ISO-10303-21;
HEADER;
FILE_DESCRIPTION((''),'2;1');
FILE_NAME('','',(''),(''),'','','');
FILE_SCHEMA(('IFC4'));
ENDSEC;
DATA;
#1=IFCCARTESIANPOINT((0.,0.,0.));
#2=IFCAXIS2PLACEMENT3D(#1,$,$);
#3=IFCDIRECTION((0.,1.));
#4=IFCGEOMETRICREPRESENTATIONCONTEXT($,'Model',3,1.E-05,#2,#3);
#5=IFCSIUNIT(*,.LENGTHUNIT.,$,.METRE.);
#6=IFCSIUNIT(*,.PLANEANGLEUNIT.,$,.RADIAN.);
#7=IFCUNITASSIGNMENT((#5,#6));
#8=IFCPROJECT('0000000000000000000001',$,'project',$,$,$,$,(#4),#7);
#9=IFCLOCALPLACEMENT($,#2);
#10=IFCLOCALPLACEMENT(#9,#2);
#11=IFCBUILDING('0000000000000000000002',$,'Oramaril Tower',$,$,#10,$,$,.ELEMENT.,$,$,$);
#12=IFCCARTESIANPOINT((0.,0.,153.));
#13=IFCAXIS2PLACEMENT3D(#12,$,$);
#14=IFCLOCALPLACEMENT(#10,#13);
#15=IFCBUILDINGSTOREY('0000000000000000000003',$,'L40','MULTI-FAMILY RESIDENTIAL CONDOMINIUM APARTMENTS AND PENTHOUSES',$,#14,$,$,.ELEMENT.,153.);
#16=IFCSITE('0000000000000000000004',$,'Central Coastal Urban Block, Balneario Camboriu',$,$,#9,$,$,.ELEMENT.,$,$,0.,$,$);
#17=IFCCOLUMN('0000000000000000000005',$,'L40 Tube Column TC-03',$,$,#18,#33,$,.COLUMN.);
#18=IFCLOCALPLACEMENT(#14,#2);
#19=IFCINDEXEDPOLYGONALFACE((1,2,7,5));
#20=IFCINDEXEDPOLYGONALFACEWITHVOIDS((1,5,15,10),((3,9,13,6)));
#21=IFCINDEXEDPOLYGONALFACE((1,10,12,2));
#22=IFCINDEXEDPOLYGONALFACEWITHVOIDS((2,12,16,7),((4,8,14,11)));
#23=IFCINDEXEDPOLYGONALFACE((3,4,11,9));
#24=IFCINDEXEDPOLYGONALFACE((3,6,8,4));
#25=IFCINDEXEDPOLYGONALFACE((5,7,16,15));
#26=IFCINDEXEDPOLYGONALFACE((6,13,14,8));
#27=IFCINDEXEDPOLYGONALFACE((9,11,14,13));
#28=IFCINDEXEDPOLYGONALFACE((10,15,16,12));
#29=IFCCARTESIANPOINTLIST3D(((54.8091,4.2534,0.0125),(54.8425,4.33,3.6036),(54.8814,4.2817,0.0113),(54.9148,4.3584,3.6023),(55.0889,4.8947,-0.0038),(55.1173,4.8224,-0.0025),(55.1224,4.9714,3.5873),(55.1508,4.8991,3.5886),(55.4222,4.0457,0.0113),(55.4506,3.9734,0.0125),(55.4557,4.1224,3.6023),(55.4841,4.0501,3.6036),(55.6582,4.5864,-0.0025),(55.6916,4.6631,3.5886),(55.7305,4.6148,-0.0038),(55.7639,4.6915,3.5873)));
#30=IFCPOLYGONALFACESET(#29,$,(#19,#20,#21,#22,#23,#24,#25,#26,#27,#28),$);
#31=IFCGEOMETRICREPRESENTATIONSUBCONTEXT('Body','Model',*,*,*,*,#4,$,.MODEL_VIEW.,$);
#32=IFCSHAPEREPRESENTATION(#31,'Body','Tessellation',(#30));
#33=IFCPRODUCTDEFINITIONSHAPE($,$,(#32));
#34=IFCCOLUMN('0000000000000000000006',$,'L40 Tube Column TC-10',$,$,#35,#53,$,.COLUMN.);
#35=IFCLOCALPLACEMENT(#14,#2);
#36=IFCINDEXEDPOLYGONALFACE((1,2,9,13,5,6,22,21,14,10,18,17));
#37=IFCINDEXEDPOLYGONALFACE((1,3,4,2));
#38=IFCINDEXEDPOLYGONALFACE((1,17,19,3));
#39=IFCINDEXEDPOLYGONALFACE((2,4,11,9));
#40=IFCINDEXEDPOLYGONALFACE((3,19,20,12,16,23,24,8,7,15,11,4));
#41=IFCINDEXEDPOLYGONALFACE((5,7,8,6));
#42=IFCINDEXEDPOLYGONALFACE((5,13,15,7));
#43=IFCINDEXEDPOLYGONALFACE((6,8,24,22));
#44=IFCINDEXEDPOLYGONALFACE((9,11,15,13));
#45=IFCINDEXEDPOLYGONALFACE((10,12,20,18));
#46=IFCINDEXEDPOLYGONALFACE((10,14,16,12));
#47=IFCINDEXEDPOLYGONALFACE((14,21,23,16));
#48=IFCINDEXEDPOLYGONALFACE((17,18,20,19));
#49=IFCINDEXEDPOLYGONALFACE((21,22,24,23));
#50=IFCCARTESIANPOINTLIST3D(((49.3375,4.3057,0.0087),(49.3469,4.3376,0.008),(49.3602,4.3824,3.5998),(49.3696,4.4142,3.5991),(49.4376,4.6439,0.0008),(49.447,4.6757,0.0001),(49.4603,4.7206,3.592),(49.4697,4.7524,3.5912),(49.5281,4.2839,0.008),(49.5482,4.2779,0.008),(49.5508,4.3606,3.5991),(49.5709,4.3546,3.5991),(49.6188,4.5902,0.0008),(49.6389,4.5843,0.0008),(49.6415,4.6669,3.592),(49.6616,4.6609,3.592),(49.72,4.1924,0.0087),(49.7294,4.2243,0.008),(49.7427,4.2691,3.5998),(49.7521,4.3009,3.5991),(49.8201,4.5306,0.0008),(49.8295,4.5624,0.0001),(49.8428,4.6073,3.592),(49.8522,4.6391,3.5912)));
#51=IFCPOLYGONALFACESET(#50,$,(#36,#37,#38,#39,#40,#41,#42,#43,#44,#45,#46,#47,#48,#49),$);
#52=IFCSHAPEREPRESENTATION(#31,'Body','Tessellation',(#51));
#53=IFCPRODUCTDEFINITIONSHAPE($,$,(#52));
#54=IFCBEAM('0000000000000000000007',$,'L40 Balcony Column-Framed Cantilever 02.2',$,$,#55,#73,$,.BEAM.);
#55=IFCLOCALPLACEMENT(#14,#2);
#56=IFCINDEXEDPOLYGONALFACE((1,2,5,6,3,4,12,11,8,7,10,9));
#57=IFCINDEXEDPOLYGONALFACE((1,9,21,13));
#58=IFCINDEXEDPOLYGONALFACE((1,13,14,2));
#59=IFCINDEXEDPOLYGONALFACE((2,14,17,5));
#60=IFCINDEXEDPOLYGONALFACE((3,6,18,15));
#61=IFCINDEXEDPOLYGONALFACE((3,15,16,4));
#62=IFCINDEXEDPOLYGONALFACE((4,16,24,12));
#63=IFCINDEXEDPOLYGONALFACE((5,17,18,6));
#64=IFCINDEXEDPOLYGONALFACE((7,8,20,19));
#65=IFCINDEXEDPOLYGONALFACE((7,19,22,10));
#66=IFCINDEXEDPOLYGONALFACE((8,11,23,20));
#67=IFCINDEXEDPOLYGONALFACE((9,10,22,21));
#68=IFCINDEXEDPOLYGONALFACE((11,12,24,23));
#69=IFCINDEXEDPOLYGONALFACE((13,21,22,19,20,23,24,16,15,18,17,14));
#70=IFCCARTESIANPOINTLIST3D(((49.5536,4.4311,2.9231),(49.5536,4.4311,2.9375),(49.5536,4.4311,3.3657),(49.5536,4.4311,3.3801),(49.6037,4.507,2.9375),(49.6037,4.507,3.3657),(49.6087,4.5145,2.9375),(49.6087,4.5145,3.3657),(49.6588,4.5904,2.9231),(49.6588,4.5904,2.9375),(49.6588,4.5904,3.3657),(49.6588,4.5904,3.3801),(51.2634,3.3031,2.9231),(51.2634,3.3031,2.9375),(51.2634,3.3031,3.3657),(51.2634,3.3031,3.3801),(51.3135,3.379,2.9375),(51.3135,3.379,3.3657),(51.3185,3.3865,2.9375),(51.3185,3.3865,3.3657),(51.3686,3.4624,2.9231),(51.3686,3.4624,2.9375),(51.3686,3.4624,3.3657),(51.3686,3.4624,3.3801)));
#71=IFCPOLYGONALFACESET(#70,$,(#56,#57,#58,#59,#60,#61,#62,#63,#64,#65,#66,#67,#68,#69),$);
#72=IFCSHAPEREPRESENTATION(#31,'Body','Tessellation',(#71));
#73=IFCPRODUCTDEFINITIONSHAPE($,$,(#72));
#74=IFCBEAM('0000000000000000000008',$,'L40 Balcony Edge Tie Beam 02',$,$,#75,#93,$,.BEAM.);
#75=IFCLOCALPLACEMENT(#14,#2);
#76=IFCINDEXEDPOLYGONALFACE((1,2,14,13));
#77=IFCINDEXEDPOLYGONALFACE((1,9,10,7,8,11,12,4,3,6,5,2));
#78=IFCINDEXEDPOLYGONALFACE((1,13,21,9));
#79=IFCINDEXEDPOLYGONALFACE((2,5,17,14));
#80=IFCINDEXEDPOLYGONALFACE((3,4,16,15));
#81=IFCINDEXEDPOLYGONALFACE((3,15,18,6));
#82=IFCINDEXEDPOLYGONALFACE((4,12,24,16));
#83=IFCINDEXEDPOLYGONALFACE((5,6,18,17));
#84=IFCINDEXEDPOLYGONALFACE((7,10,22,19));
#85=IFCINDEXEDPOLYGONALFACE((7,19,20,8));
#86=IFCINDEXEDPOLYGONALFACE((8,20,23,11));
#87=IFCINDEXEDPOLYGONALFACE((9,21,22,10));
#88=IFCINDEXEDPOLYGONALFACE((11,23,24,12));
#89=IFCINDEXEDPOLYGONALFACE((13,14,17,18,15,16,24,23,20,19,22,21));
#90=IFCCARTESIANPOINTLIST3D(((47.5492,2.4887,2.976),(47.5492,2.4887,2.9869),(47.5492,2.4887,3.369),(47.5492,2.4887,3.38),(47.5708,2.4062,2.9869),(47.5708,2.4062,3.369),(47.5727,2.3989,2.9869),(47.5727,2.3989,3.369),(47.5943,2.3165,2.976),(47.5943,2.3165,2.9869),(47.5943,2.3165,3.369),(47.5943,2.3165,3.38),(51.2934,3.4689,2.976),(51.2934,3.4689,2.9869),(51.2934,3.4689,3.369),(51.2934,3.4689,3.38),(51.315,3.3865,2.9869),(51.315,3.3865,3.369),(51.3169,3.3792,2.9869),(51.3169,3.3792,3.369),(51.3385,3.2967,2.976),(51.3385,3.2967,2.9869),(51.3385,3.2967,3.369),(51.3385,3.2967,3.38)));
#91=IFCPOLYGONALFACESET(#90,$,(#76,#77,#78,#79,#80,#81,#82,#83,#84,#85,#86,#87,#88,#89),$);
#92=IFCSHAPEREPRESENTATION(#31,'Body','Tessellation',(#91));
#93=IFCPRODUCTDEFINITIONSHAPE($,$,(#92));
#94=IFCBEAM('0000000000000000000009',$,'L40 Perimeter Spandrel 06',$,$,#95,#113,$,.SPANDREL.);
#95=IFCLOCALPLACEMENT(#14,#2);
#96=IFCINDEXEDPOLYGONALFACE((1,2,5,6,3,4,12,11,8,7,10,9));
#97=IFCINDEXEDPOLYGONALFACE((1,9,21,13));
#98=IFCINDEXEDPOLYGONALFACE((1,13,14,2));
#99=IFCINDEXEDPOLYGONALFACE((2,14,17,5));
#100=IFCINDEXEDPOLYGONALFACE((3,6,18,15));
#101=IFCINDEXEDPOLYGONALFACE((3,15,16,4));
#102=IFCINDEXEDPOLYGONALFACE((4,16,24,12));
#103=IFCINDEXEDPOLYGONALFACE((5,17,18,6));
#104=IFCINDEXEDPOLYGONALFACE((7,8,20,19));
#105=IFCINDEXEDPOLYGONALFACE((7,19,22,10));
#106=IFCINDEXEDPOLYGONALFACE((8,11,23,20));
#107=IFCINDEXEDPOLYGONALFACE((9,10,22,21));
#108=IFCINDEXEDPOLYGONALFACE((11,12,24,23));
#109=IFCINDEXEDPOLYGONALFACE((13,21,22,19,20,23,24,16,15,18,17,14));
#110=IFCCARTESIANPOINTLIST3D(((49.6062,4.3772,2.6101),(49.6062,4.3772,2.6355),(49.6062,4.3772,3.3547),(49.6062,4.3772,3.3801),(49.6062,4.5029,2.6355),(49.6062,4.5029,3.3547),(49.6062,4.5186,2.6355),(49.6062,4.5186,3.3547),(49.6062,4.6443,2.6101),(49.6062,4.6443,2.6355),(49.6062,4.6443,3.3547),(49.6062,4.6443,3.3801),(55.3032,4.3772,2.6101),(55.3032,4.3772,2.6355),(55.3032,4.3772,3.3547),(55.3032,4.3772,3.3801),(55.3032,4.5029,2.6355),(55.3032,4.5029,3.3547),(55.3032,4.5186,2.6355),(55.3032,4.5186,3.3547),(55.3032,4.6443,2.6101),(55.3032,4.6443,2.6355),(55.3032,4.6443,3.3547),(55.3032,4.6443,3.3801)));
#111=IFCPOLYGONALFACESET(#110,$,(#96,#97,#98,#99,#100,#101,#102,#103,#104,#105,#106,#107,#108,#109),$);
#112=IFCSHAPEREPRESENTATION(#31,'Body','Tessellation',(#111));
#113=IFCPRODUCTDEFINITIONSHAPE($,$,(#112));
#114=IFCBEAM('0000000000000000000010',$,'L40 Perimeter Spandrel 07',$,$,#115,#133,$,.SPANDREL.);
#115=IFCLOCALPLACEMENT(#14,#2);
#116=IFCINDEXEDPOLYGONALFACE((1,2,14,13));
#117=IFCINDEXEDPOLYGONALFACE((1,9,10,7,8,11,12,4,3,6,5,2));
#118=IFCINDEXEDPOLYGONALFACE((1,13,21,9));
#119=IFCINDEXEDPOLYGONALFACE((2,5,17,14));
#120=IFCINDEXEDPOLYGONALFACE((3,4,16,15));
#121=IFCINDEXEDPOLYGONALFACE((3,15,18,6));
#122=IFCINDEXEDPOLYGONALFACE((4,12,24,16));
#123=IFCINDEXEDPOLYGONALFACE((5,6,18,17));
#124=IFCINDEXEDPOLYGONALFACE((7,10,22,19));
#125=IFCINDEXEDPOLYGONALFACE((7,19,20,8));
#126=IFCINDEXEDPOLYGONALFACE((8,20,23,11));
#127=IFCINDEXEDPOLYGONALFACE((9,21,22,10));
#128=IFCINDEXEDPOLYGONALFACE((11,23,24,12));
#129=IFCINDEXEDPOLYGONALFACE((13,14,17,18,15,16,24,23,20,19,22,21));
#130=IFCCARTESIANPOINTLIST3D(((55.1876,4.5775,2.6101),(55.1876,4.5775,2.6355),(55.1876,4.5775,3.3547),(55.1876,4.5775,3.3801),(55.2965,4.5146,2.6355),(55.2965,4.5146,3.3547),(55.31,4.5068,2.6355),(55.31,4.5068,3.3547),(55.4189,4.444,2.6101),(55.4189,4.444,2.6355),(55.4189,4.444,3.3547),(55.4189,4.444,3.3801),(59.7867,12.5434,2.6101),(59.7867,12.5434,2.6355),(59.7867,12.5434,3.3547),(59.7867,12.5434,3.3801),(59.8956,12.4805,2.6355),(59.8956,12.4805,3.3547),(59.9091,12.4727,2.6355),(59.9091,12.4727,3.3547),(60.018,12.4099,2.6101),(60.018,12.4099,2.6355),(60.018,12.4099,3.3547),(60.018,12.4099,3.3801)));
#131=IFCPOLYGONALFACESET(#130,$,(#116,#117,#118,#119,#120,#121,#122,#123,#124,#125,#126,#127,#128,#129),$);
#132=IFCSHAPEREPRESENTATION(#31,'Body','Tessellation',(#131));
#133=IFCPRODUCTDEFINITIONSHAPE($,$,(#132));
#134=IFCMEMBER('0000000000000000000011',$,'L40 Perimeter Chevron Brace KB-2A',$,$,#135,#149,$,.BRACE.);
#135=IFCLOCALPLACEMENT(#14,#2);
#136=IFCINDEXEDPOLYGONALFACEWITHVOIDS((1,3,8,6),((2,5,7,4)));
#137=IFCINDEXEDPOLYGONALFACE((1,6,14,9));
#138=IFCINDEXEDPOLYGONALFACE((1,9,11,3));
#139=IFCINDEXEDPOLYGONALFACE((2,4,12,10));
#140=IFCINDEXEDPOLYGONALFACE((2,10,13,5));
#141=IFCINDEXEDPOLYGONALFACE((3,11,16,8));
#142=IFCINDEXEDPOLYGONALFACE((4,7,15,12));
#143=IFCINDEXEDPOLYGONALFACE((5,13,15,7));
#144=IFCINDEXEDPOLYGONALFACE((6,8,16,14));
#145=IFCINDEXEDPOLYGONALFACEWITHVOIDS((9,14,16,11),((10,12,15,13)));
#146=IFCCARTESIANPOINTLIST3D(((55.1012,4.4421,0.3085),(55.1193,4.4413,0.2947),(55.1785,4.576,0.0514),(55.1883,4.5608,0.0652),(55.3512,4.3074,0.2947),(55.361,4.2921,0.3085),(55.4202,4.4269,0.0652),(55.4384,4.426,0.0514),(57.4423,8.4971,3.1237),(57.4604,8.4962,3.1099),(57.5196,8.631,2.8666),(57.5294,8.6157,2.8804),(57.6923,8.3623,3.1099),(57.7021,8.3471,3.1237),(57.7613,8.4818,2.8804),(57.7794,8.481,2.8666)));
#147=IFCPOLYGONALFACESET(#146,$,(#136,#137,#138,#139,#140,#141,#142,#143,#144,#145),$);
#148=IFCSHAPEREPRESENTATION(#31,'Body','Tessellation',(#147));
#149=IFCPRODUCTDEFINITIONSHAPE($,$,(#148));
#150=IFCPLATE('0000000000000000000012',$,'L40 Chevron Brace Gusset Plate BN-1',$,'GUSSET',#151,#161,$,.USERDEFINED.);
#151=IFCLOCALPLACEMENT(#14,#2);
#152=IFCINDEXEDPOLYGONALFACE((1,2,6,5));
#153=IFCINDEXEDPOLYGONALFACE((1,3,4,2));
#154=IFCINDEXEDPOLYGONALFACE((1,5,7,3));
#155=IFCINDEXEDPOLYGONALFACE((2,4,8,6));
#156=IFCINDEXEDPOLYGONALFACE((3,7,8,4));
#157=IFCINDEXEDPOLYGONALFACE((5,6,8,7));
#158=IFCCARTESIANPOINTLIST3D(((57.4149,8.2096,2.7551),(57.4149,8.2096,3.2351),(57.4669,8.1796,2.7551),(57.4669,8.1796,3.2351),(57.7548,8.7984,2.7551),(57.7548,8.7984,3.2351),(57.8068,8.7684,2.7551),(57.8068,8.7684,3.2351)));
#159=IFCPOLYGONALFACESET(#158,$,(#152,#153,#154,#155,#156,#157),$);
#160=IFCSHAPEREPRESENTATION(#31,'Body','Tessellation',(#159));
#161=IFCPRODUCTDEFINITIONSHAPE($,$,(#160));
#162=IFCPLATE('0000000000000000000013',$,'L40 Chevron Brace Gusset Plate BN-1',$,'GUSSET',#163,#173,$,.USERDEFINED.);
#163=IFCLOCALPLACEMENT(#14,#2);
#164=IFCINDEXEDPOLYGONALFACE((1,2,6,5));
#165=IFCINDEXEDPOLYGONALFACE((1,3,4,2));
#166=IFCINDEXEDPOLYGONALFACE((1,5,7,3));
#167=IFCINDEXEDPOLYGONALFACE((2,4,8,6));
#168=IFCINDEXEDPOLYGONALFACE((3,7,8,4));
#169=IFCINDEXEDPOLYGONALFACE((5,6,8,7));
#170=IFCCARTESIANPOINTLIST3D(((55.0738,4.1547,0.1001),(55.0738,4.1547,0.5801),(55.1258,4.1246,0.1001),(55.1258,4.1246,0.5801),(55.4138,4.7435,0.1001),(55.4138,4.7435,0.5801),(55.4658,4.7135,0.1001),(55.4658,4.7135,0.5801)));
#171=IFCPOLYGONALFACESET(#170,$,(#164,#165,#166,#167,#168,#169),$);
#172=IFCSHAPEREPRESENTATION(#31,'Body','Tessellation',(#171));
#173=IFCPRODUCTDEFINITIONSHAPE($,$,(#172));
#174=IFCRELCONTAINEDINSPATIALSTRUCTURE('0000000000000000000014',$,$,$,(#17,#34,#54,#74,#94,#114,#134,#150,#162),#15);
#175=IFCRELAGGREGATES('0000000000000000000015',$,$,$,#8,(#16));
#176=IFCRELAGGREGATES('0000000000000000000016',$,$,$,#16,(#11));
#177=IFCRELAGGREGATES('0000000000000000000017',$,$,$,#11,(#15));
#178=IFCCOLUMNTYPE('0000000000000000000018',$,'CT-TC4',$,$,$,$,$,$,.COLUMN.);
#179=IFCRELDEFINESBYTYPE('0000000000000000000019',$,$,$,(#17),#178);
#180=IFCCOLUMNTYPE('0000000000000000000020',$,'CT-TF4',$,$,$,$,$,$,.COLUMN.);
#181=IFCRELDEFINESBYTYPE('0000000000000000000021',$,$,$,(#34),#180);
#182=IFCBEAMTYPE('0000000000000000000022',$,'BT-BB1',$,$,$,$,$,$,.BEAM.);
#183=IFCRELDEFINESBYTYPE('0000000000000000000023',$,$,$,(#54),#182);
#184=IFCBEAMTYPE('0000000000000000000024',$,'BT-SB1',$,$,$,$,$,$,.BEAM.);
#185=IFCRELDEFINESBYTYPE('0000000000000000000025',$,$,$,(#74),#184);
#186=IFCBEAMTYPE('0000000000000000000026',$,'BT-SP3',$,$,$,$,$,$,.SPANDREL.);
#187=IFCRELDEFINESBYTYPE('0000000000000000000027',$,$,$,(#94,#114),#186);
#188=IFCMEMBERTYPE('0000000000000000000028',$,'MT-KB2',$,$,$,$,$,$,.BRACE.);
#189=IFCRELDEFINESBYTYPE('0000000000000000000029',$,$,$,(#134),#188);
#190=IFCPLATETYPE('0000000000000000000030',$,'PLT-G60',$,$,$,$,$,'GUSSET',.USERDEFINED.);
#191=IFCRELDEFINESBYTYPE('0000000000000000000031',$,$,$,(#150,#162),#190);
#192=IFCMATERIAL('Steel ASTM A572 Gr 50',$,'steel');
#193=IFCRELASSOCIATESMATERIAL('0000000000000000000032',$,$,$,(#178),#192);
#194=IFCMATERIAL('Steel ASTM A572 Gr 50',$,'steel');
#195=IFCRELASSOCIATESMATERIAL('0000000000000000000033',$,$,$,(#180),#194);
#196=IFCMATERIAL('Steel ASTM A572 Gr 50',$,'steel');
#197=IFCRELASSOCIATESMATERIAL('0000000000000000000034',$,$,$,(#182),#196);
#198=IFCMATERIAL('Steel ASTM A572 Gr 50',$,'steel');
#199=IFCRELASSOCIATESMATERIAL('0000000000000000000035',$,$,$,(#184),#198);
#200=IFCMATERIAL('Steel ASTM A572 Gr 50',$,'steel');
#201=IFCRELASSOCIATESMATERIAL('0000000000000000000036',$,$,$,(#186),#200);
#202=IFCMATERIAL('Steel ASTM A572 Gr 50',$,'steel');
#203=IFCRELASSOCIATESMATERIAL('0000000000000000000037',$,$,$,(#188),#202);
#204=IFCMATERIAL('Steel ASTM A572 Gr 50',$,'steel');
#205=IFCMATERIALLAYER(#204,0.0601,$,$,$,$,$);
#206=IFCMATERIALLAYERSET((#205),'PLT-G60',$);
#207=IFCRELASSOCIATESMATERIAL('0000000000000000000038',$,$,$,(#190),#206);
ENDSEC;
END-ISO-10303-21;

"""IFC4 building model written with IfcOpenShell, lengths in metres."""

from ifc_helpers import new_model, si_unit, direction, frame, origin, origin_2d, place, context, subcontext, project, spatial, rectangle, hollow_rectangle, i_section, extrude, material, layer, layer_set, material_profile, profile_set, type_object, element, save


model = new_model("IFC4")

# Units and contexts
model_context = context("Model", 3, precision=1e-05, world=origin(), true_north=direction((0.0, 1.0)))
body_context = subcontext(model_context, "Body", "Model", "MODEL_VIEW")
ifc_project = project(units=[si_unit("LENGTHUNIT", "METRE"), si_unit("PLANEANGLEUNIT", "RADIAN")], contexts=[model_context])

# Site, building, storey
site_placement = place(None, origin())
site = spatial("IfcSite", under=ifc_project, at=site_placement, Name="Central Coastal Urban Block, Balneario Camboriu", CompositionType="ELEMENT", RefElevation=0.0)
building_placement = place(site_placement, origin())
building = spatial("IfcBuilding", under=site, at=building_placement, Name="Oramaril Tower", CompositionType="ELEMENT")
storey_placement = place(building_placement, frame((0.0, 0.0, 153.0)))
storey = spatial("IfcBuildingStorey", under=building, at=storey_placement, Name="L40", Description="MULTI-FAMILY RESIDENTIAL CONDOMINIUM APARTMENTS AND PENTHOUSES", CompositionType="ELEMENT", Elevation=153.0)

# Columns
ifc_material_1 = material(Name="Steel ASTM A572 Gr 50", Category="steel")
ifc_material_profile_1 = material_profile(ifc_material_1, hollow_rectangle(XDim=0.7, YDim=0.7, WallThickness=0.0549, at=origin_2d()), Name="BOX700X700X55")
ifc_profile_set_1 = profile_set([ifc_material_profile_1], Name="Steel ASTM A572 Gr 50")
column_type_1 = type_object("IfcColumnType", Name="CT-TC4", PredefinedType="COLUMN", material=ifc_profile_set_1)
column_1_placement = place(storey_placement, frame((55.2698, 4.4341, 0.0044), z_axis=(0.009312, 0.021342, 0.999729), x_axis=(-0.916559, 0.3999, 0.0)))
element("IfcColumn", 1, at=column_1_placement, inside=storey, type_object=column_type_1, Name="L40 Tube Column TC-03", PredefinedType="COLUMN", context=body_context, shape_type="SweptSolid", body=[
    extrude(hollow_rectangle(XDim=0.7, YDim=0.7, WallThickness=0.0549, at=origin_2d()), origin(), (0.0, 0.0, 1.0), 3.592),
])
ifc_material_2 = material(Name="Steel ASTM A572 Gr 50", Category="steel")
ifc_material_profile_2 = material_profile(ifc_material_2, i_section(OverallWidth=0.3989, OverallDepth=0.386, WebThickness=0.021, FlangeThickness=0.0332, at=origin_2d()), Name="W14X176")
ifc_profile_set_2 = profile_set([ifc_material_profile_2], Name="Steel ASTM A572 Gr 50")
column_type_2 = type_object("IfcColumnType", Name="CT-TF4", PredefinedType="COLUMN", material=ifc_profile_set_2)
column_2_placement = place(storey_placement, frame((49.5835, 4.4341, 0.0044), z_axis=(0.006321, 0.021342, 0.999752), x_axis=(-0.958829, 0.283984, 0.0)))
element("IfcColumn", 2, at=column_2_placement, inside=storey, type_object=column_type_2, Name="L40 Tube Column TC-10", PredefinedType="COLUMN", context=body_context, shape_type="SweptSolid", body=[
    extrude(i_section(OverallWidth=0.3989, OverallDepth=0.386, WebThickness=0.021, FlangeThickness=0.0332, at=origin_2d()), origin(), (0.0, 0.0, 1.0), 3.592),
])

# Beams
ifc_material_3 = material(Name="Steel ASTM A572 Gr 50", Category="steel")
ifc_material_profile_3 = material_profile(ifc_material_3, i_section(OverallWidth=0.1909, OverallDepth=0.457, WebThickness=0.009, FlangeThickness=0.0144, at=origin_2d()), Name="W18X50")
ifc_profile_set_3 = profile_set([ifc_material_profile_3], Name="Steel ASTM A572 Gr 50")
beam_type_1 = type_object("IfcBeamType", Name="BT-BB1", PredefinedType="BEAM", material=ifc_profile_set_3)
beam_1_placement = place(storey_placement, frame((49.6062, 4.5107, 3.1516), z_axis=(0.834718, -0.550678, 0.0), x_axis=(0.550678, 0.834718, 0.0)))
element("IfcBeam", 3, at=beam_1_placement, inside=storey, type_object=beam_type_1, Name="L40 Balcony Column-Framed Cantilever 02.2", PredefinedType="BEAM", context=body_context, shape_type="SweptSolid", body=[
    extrude(i_section(OverallWidth=0.1909, OverallDepth=0.457, WebThickness=0.009, FlangeThickness=0.0144, at=origin_2d()), origin(), (0.0, 0.0, 1.0), 2.0483),
])
ifc_material_4 = material(Name="Steel ASTM A572 Gr 50", Category="steel")
ifc_material_profile_4 = material_profile(ifc_material_4, i_section(OverallWidth=0.178, OverallDepth=0.4041, WebThickness=0.0076, FlangeThickness=0.011, at=origin_2d()), Name="W16X36")
ifc_profile_set_4 = profile_set([ifc_material_profile_4], Name="Steel ASTM A572 Gr 50")
beam_type_2 = type_object("IfcBeamType", Name="BT-SB1", PredefinedType="BEAM", material=ifc_profile_set_4)
beam_2_placement = place(storey_placement, frame((47.5718, 2.4026, 3.178), z_axis=(0.967397, 0.253267, 0.0), x_axis=(-0.253267, 0.967397, 0.0)))
element("IfcBeam", 4, at=beam_2_placement, inside=storey, type_object=beam_type_2, Name="L40 Balcony Edge Tie Beam 02", PredefinedType="BEAM", context=body_context, shape_type="SweptSolid", body=[
    extrude(i_section(OverallWidth=0.178, OverallDepth=0.4041, WebThickness=0.0076, FlangeThickness=0.011, at=origin_2d()), origin(), (0.0, 0.0, 1.0), 3.8704),
])
ifc_material_5 = material(Name="Steel ASTM A572 Gr 50", Category="steel")
ifc_material_profile_5 = material_profile(ifc_material_5, i_section(OverallWidth=0.2671, OverallDepth=0.77, WebThickness=0.0156, FlangeThickness=0.0254, at=origin_2d()), Name="W30X132")
ifc_profile_set_5 = profile_set([ifc_material_profile_5], Name="Steel ASTM A572 Gr 50")
beam_type_3 = type_object("IfcBeamType", Name="BT-SP3", PredefinedType="SPANDREL", material=ifc_profile_set_5)
beam_3_placement = place(storey_placement, frame((49.6062, 4.5107, 2.9951), z_axis=(1.0, 0.0, 0.0), x_axis=(0.0, 1.0, 0.0)))
element("IfcBeam", 5, at=beam_3_placement, inside=storey, type_object=beam_type_3, Name="L40 Perimeter Spandrel 06", PredefinedType="SPANDREL", context=body_context, shape_type="SweptSolid", body=[
    extrude(i_section(OverallWidth=0.2671, OverallDepth=0.77, WebThickness=0.0156, FlangeThickness=0.0254, at=origin_2d()), origin(), (0.0, 0.0, 1.0), 5.697),
])
beam_4_placement = place(storey_placement, frame((55.3032, 4.5107, 2.9951), z_axis=(0.500004, 0.866023, 0.0), x_axis=(-0.866023, 0.500004, 0.0)))
element("IfcBeam", 6, at=beam_4_placement, inside=storey, type_object=beam_type_3, Name="L40 Perimeter Spandrel 07", PredefinedType="SPANDREL", context=body_context, shape_type="SweptSolid", body=[
    extrude(i_section(OverallWidth=0.2671, OverallDepth=0.77, WebThickness=0.0156, FlangeThickness=0.0254, at=origin_2d()), origin(), (0.0, 0.0, 1.0), 9.1982),
])

# Member
ifc_material_6 = material(Name="Steel ASTM A572 Gr 50", Category="steel")
ifc_material_profile_6 = material_profile(ifc_material_6, hollow_rectangle(XDim=0.3, YDim=0.3, WallThickness=0.0161, at=origin_2d()), Name="HSS300X300X16")
ifc_profile_set_6 = profile_set([ifc_material_profile_6], Name="Steel ASTM A572 Gr 50")
member_type = type_object("IfcMemberType", Name="MT-KB2", PredefinedType="BRACE", material=ifc_profile_set_6)
member_placement = place(storey_placement, frame((55.2698, 4.4341, 0.1799), z_axis=(0.428503, 0.742204, 0.515284), x_axis=(-0.86603, 0.499992, 0.0)))
element("IfcMember", 7, at=member_placement, inside=storey, type_object=member_type, Name="L40 Perimeter Chevron Brace KB-2A", PredefinedType="BRACE", context=body_context, shape_type="SweptSolid", body=[
    extrude(hollow_rectangle(XDim=0.3, YDim=0.3, WallThickness=0.0161, at=origin_2d()), origin(), (0.0, 0.0, 1.0), 5.4634),
])

# Plates
ifc_material_7 = material(Name="Steel ASTM A572 Gr 50", Category="steel")
ifc_layer_1 = layer(ifc_material_7, 0.0601)
ifc_layer_set_1 = layer_set([ifc_layer_1], Name="PLT-G60")
plate_type = type_object("IfcPlateType", Name="PLT-G60", ElementType="GUSSET", PredefinedType="USERDEFINED", material=ifc_layer_set_1)
for number, where, z_axis, x_axis, name in (
    (8, (57.6108, 8.489, 2.7551), (0.0, 0.0, 1.0), (0.5, 0.866025, 0.0), "L40 Chevron Brace Gusset Plate BN-1"),
    (9, (55.2698, 4.4341, 0.1001), (0.0, 0.0, 1.0), (0.5, 0.866025, 0.0), "L40 Chevron Brace Gusset Plate BN-1"),
):
    element("IfcPlate", number, at=place(storey_placement, frame(where, z_axis=z_axis, x_axis=x_axis)), inside=storey, type_object=plate_type, Name=name, ObjectType="GUSSET", PredefinedType="USERDEFINED", context=body_context, shape_type="SweptSolid", body=[
        extrude(rectangle(XDim=0.6799, YDim=0.0601, at=origin_2d()), origin(), (0.0, 0.0, 1.0), 0.48),
    ])

save(model, "model.ifc")
